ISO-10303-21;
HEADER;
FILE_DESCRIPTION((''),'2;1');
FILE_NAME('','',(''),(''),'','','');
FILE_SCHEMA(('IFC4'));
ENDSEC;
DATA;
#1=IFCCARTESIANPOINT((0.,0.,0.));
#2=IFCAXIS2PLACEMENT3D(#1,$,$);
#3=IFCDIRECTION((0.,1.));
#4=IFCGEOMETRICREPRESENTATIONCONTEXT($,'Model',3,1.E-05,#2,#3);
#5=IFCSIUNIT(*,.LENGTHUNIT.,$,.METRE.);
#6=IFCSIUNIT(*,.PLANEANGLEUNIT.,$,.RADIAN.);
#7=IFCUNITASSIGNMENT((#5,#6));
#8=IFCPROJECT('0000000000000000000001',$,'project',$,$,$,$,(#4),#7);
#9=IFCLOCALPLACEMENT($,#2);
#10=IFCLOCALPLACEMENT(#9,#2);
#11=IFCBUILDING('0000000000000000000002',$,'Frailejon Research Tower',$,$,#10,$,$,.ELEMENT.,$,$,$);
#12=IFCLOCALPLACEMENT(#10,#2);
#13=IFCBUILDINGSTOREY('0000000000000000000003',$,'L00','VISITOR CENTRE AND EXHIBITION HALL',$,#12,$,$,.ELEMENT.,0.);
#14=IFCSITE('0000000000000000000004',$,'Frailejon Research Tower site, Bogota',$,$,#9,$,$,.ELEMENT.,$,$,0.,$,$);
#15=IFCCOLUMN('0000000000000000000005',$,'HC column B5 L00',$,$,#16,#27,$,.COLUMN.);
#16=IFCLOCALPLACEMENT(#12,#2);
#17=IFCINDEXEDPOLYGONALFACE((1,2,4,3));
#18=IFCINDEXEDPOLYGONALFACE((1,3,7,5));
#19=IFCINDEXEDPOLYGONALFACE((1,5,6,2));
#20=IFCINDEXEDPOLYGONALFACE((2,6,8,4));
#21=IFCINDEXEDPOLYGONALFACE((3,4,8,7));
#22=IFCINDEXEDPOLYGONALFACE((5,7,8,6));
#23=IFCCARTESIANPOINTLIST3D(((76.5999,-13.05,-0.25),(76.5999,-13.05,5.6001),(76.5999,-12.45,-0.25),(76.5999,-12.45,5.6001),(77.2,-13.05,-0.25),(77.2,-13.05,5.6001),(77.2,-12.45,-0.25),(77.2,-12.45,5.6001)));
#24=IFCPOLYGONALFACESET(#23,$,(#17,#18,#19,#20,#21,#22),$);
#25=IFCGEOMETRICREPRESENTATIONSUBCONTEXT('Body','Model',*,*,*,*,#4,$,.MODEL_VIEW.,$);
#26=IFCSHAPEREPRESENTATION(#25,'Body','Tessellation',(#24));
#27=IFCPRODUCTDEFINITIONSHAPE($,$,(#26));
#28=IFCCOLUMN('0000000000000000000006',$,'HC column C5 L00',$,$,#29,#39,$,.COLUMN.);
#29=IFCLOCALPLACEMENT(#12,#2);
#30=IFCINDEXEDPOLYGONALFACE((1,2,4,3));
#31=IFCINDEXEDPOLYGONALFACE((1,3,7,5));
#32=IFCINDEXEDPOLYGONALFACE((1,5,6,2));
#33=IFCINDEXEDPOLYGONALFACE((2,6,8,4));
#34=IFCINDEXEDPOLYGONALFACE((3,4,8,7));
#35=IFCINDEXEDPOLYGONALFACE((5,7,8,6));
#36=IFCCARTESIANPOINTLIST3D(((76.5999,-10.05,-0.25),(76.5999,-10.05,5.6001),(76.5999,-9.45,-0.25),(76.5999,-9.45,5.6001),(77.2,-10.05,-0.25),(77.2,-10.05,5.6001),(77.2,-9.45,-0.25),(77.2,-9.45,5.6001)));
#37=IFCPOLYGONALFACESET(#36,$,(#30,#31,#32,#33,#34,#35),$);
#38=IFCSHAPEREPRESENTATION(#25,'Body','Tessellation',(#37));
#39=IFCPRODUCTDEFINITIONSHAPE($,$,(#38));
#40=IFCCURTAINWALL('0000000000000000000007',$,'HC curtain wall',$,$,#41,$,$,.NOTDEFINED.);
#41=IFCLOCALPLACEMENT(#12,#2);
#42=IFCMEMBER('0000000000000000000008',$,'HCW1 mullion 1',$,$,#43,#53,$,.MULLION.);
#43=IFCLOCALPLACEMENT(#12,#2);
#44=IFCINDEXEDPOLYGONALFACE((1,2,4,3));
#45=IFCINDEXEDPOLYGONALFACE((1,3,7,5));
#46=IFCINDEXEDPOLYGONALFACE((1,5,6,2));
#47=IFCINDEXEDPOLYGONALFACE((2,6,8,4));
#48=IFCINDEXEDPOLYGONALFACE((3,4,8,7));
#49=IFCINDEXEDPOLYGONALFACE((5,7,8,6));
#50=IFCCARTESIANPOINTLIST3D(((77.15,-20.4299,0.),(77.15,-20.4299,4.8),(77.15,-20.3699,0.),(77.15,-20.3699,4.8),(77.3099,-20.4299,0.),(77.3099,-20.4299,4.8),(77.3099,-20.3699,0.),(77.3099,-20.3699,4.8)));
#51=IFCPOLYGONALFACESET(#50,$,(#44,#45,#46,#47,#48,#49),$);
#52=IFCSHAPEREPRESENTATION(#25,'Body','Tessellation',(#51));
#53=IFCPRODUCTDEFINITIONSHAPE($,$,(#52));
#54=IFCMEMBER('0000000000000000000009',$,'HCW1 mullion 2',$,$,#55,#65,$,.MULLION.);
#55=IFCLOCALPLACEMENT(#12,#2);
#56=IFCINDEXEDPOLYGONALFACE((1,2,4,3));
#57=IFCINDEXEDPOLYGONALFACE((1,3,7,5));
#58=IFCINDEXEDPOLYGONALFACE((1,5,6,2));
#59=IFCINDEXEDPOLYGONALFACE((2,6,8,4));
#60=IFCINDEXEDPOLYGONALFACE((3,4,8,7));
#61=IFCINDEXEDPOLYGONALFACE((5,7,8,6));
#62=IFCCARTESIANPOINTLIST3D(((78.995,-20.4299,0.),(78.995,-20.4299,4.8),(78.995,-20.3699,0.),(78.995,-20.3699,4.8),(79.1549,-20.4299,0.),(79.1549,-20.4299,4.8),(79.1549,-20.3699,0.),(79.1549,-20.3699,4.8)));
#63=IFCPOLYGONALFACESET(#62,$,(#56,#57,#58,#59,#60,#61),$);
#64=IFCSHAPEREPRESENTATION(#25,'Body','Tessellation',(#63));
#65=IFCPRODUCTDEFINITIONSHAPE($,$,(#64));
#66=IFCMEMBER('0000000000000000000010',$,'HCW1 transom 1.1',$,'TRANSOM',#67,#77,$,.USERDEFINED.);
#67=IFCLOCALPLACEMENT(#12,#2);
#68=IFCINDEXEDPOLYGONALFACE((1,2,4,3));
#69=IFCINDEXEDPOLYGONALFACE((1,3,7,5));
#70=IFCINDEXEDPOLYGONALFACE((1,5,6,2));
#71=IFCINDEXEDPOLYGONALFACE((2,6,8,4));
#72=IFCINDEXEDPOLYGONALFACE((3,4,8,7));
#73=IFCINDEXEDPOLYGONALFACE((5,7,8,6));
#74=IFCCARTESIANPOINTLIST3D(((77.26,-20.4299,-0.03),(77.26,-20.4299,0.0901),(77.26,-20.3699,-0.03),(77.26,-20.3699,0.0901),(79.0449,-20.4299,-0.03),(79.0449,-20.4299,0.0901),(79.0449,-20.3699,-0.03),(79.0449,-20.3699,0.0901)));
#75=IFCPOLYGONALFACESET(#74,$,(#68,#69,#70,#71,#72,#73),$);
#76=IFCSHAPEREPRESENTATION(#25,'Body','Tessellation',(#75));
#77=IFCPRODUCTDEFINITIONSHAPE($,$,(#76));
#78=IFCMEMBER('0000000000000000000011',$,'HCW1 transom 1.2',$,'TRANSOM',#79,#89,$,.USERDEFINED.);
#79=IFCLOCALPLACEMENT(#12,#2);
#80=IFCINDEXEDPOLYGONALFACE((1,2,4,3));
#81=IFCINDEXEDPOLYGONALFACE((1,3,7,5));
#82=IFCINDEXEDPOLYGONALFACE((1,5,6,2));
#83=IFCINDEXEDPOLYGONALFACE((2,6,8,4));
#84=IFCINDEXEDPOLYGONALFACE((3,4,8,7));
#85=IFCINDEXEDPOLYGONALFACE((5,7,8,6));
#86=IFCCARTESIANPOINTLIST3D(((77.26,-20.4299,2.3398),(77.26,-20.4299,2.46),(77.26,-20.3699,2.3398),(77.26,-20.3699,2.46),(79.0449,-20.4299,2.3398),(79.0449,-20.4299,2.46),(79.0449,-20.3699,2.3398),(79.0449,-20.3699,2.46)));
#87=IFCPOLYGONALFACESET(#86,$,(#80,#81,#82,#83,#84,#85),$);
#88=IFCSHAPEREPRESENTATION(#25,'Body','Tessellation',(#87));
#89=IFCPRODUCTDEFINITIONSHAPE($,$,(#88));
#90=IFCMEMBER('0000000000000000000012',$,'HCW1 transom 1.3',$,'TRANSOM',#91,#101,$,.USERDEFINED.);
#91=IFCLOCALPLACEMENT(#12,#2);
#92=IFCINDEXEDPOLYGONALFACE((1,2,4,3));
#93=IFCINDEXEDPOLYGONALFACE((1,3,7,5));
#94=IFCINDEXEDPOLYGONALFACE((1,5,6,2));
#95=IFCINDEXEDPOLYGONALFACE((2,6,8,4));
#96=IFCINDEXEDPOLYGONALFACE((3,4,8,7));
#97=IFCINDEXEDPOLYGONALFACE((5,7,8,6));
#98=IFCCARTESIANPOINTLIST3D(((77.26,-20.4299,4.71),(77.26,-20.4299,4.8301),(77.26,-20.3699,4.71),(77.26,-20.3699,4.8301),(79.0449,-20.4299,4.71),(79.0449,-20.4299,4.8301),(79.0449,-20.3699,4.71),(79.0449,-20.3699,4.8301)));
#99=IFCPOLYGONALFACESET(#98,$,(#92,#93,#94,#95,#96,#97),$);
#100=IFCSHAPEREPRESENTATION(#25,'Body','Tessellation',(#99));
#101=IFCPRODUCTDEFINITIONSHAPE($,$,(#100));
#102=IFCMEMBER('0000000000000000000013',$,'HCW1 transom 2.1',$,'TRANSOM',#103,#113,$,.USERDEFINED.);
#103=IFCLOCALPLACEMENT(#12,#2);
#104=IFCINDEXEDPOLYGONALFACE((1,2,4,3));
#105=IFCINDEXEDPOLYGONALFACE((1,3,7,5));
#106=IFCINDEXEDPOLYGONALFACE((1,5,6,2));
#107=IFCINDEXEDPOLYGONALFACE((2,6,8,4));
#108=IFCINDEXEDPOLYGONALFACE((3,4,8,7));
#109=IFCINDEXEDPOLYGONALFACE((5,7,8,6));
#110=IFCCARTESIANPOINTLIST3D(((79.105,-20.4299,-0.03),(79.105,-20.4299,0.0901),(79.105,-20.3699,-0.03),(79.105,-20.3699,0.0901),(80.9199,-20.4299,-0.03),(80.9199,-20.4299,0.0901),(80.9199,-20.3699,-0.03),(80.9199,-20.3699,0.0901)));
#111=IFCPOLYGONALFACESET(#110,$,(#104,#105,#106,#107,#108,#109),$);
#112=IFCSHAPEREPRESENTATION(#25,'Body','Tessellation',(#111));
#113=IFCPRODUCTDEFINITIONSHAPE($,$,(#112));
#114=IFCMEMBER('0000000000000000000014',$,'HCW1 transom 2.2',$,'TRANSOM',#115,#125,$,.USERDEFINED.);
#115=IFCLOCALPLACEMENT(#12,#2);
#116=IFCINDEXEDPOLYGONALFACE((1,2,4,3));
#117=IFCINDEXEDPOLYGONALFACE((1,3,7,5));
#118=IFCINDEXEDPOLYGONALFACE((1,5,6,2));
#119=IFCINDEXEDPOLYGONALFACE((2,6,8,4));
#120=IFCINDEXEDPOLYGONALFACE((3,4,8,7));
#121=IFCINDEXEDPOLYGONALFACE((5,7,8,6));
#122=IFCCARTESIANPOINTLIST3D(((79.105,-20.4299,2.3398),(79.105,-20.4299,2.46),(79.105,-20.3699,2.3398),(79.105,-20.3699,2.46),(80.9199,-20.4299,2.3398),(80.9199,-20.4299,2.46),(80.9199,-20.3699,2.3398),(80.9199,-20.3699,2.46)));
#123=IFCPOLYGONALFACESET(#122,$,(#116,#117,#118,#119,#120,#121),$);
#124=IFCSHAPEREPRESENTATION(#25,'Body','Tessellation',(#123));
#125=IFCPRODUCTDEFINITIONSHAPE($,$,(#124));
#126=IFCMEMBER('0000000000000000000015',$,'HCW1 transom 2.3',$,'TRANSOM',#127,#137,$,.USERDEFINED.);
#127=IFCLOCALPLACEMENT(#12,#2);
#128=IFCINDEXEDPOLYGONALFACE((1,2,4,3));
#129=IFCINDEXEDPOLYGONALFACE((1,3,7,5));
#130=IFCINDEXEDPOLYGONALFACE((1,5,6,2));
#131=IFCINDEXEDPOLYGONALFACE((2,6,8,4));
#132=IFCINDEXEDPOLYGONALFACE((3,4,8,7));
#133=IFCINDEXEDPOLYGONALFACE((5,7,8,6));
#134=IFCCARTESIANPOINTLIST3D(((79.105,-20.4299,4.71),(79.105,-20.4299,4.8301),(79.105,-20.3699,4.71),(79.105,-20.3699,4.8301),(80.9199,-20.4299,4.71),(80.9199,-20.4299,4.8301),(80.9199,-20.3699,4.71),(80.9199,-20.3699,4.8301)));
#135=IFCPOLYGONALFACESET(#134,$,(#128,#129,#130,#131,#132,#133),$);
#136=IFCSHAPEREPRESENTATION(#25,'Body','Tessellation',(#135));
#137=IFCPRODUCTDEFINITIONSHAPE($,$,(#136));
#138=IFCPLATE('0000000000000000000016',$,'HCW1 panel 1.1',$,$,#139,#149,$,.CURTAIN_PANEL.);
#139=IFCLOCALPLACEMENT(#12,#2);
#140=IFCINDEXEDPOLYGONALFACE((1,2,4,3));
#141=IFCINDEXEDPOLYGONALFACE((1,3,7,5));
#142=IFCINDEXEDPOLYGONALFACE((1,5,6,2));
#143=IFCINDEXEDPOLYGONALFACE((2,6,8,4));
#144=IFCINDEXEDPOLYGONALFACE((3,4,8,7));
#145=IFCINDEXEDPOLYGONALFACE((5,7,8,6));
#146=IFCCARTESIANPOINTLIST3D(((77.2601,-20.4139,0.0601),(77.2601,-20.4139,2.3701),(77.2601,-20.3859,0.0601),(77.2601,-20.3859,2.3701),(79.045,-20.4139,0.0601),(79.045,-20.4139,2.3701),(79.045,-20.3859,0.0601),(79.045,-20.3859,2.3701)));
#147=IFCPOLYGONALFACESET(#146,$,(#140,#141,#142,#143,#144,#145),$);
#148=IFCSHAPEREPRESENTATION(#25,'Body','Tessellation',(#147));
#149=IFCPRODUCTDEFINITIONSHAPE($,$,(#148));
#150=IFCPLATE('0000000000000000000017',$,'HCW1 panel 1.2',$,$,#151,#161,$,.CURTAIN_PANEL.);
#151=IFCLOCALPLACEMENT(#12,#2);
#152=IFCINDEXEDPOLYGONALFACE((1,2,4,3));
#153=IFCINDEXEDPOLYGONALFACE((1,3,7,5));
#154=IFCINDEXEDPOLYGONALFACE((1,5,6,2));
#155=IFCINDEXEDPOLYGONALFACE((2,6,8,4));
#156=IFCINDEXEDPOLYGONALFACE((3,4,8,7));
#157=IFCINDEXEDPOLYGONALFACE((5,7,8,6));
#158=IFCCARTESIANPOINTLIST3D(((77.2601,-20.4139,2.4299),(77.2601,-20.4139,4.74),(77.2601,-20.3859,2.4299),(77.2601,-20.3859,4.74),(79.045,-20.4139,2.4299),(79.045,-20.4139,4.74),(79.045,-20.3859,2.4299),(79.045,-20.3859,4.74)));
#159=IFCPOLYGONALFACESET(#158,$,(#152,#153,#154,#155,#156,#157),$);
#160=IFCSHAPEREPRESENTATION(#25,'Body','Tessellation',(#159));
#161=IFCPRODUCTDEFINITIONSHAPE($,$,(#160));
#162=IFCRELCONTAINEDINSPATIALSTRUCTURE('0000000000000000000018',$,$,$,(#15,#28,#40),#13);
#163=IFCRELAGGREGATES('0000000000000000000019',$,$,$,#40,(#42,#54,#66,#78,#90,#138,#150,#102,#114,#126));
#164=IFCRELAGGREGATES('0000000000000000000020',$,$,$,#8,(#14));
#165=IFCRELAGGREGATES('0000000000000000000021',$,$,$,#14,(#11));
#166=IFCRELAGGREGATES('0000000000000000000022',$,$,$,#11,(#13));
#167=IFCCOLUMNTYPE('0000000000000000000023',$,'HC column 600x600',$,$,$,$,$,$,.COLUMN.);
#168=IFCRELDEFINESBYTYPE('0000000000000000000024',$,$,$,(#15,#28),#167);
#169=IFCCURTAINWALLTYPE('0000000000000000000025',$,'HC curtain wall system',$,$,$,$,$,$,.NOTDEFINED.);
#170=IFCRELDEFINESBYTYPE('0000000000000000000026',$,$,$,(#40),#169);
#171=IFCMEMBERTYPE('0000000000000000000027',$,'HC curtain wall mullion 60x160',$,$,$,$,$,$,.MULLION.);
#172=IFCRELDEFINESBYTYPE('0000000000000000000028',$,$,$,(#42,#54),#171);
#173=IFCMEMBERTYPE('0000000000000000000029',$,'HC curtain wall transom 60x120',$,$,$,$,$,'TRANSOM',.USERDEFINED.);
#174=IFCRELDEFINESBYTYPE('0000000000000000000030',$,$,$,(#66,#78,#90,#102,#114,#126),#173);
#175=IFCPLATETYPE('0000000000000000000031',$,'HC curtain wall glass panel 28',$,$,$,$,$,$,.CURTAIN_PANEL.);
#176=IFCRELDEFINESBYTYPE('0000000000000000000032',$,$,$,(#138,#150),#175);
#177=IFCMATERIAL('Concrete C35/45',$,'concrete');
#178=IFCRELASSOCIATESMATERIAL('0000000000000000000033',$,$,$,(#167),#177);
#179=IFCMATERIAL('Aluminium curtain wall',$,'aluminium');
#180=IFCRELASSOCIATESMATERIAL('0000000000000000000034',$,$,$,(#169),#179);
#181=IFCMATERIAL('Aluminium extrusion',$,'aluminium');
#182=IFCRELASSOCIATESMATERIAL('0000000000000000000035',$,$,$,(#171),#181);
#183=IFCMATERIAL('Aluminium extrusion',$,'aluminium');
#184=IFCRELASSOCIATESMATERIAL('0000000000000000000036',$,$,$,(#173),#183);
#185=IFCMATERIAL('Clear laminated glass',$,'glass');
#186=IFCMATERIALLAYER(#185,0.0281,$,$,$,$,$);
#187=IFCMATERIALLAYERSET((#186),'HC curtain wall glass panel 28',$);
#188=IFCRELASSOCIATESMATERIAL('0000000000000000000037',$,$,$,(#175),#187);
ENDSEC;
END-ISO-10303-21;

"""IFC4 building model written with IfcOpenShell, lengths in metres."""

from ifc_helpers import new_model, si_unit, direction, frame, origin, origin_2d, place, context, subcontext, project, spatial, rectangle, extrude, material, layer, layer_set, material_profile, profile_set, type_object, element, aggregate, save


model = new_model("IFC4")

# Units and contexts
model_context = context("Model", 3, precision=1e-05, world=origin(), true_north=direction((0.0, 1.0)))
body_context = subcontext(model_context, "Body", "Model", "MODEL_VIEW")
ifc_project = project(units=[si_unit("LENGTHUNIT", "METRE"), si_unit("PLANEANGLEUNIT", "RADIAN")], contexts=[model_context])

# Site, building, storey
site_placement = place(None, origin())
site = spatial("IfcSite", under=ifc_project, at=site_placement, Name="Frailejon Research Tower site, Bogota", CompositionType="ELEMENT", RefElevation=0.0)
building_placement = place(site_placement, origin())
building = spatial("IfcBuilding", under=site, at=building_placement, Name="Frailejon Research Tower", CompositionType="ELEMENT")
storey_placement = place(building_placement, origin())
storey = spatial("IfcBuildingStorey", under=building, at=storey_placement, Name="L00", Description="VISITOR CENTRE AND EXHIBITION HALL", CompositionType="ELEMENT", Elevation=0.0)

# Columns
ifc_material_1 = material(Name="Concrete C35/45", Category="concrete")
ifc_material_profile_1 = material_profile(ifc_material_1, rectangle(XDim=0.6001, YDim=0.6001, at=origin_2d()), Name="HC column 600x600")
ifc_profile_set_1 = profile_set([ifc_material_profile_1], Name="Concrete C35/45")
column_type = type_object("IfcColumnType", Name="HC column 600x600", PredefinedType="COLUMN", material=ifc_profile_set_1)
for number, where, z_axis, x_axis, name in (
    (1, (76.8999, -12.75, -0.25), (0.0, 0.0, 1.0), (1.0, 0.0, 0.0), "HC column B5 L00"),
    (2, (76.8999, -9.75, -0.25), (0.0, 0.0, 1.0), (1.0, 0.0, 0.0), "HC column C5 L00"),
):
    element("IfcColumn", number, at=place(storey_placement, frame(where, z_axis=z_axis, x_axis=x_axis)), inside=storey, type_object=column_type, Name=name, PredefinedType="COLUMN", context=body_context, shape_type="SweptSolid", body=[
        extrude(rectangle(XDim=0.6001, YDim=0.6001, at=origin_2d()), origin(), (0.0, 0.0, 1.0), 5.8501),
    ])

# Curtain wall, members, plates
ifc_material_2 = material(Name="Aluminium curtain wall", Category="aluminium")
curtain_wall_type = type_object("IfcCurtainWallType", Name="HC curtain wall system", PredefinedType="NOTDEFINED", material=ifc_material_2)
curtain_wall_placement = place(storey_placement, origin())
curtain_wall = element("IfcCurtainWall", 3, at=curtain_wall_placement, inside=storey, type_object=curtain_wall_type, Name="HC curtain wall", PredefinedType="NOTDEFINED")
ifc_material_3 = material(Name="Aluminium extrusion", Category="aluminium")
ifc_material_profile_2 = material_profile(ifc_material_3, rectangle(XDim=0.0601, YDim=0.1599, at=origin_2d()), Name="HC curtain wall mullion 60x160")
ifc_profile_set_2 = profile_set([ifc_material_profile_2], Name="Aluminium extrusion")
member_type_1 = type_object("IfcMemberType", Name="HC curtain wall mullion 60x160", PredefinedType="MULLION", material=ifc_profile_set_2)
member_1_placement = place(storey_placement, frame((77.23, -20.3999, 0.0), z_axis=(0.0, 0.0, 1.0), x_axis=(0.0, 1.0, 0.0)))
member_1 = element("IfcMember", 4, at=member_1_placement, type_object=member_type_1, Name="HCW1 mullion 1", PredefinedType="MULLION", context=body_context, shape_type="SweptSolid", body=[
    extrude(rectangle(XDim=0.0601, YDim=0.1599, at=origin_2d()), origin(), (0.0, 0.0, 1.0), 4.8),
])
member_2_placement = place(storey_placement, frame((79.075, -20.3999, 0.0), z_axis=(0.0, 0.0, 1.0), x_axis=(0.0, 1.0, 0.0)))
member_2 = element("IfcMember", 5, at=member_2_placement, type_object=member_type_1, Name="HCW1 mullion 2", PredefinedType="MULLION", context=body_context, shape_type="SweptSolid", body=[
    extrude(rectangle(XDim=0.0601, YDim=0.1599, at=origin_2d()), origin(), (0.0, 0.0, 1.0), 4.8),
])
ifc_material_4 = material(Name="Aluminium extrusion", Category="aluminium")
ifc_material_profile_3 = material_profile(ifc_material_4, rectangle(XDim=0.0601, YDim=0.1201, at=origin_2d()), Name="HC curtain wall transom 60x120")
ifc_profile_set_3 = profile_set([ifc_material_profile_3], Name="Aluminium extrusion")
member_type_2 = type_object("IfcMemberType", Name="HC curtain wall transom 60x120", ElementType="TRANSOM", PredefinedType="USERDEFINED", material=ifc_profile_set_3)
member_3_placement = place(storey_placement, frame((77.26, -20.3999, 0.03), z_axis=(1.0, 0.0, 0.0), x_axis=(0.0, 1.0, 0.0)))
member_3 = element("IfcMember", 6, at=member_3_placement, type_object=member_type_2, Name="HCW1 transom 1.1", ObjectType="TRANSOM", PredefinedType="USERDEFINED", context=body_context, shape_type="SweptSolid", body=[
    extrude(rectangle(XDim=0.0601, YDim=0.1201, at=origin_2d()), origin(), (0.0, 0.0, 1.0), 1.7849),
])
member_4_placement = place(storey_placement, frame((77.26, -20.3999, 2.3999), z_axis=(1.0, 0.0, 0.0), x_axis=(0.0, 1.0, 0.0)))
member_4 = element("IfcMember", 7, at=member_4_placement, type_object=member_type_2, Name="HCW1 transom 1.2", ObjectType="TRANSOM", PredefinedType="USERDEFINED", context=body_context, shape_type="SweptSolid", body=[
    extrude(rectangle(XDim=0.0601, YDim=0.1201, at=origin_2d()), origin(), (0.0, 0.0, 1.0), 1.7849),
])
member_5_placement = place(storey_placement, frame((77.26, -20.3999, 4.77), z_axis=(1.0, 0.0, 0.0), x_axis=(0.0, 1.0, 0.0)))
member_5 = element("IfcMember", 8, at=member_5_placement, type_object=member_type_2, Name="HCW1 transom 1.3", ObjectType="TRANSOM", PredefinedType="USERDEFINED", context=body_context, shape_type="SweptSolid", body=[
    extrude(rectangle(XDim=0.0601, YDim=0.1201, at=origin_2d()), origin(), (0.0, 0.0, 1.0), 1.7849),
])
member_6_placement = place(storey_placement, frame((79.105, -20.3999, 0.03), z_axis=(1.0, 0.0, 0.0), x_axis=(0.0, 1.0, 0.0)))
member_6 = element("IfcMember", 9, at=member_6_placement, type_object=member_type_2, Name="HCW1 transom 2.1", ObjectType="TRANSOM", PredefinedType="USERDEFINED", context=body_context, shape_type="SweptSolid", body=[
    extrude(rectangle(XDim=0.0601, YDim=0.1201, at=origin_2d()), origin(), (0.0, 0.0, 1.0), 1.8149),
])
member_7_placement = place(storey_placement, frame((79.105, -20.3999, 2.3999), z_axis=(1.0, 0.0, 0.0), x_axis=(0.0, 1.0, 0.0)))
member_7 = element("IfcMember", 10, at=member_7_placement, type_object=member_type_2, Name="HCW1 transom 2.2", ObjectType="TRANSOM", PredefinedType="USERDEFINED", context=body_context, shape_type="SweptSolid", body=[
    extrude(rectangle(XDim=0.0601, YDim=0.1201, at=origin_2d()), origin(), (0.0, 0.0, 1.0), 1.8149),
])
member_8_placement = place(storey_placement, frame((79.105, -20.3999, 4.77), z_axis=(1.0, 0.0, 0.0), x_axis=(0.0, 1.0, 0.0)))
member_8 = element("IfcMember", 11, at=member_8_placement, type_object=member_type_2, Name="HCW1 transom 2.3", ObjectType="TRANSOM", PredefinedType="USERDEFINED", context=body_context, shape_type="SweptSolid", body=[
    extrude(rectangle(XDim=0.0601, YDim=0.1201, at=origin_2d()), origin(), (0.0, 0.0, 1.0), 1.8149),
])
ifc_material_5 = material(Name="Clear laminated glass", Category="glass")
ifc_layer_1 = layer(ifc_material_5, 0.0281)
ifc_layer_set_1 = layer_set([ifc_layer_1], Name="HC curtain wall glass panel 28")
plate_type = type_object("IfcPlateType", Name="HC curtain wall glass panel 28", PredefinedType="CURTAIN_PANEL", material=ifc_layer_set_1)
plate_1_placement = place(storey_placement, frame((78.1526, -20.3999, 0.0601), z_axis=(0.0, 0.0, 1.0), x_axis=(1.0, 0.0, 0.0)))
plate_1 = element("IfcPlate", 12, at=plate_1_placement, type_object=plate_type, Name="HCW1 panel 1.1", PredefinedType="CURTAIN_PANEL", context=body_context, shape_type="SweptSolid", body=[
    extrude(rectangle(XDim=1.7849, YDim=0.0281, at=origin_2d()), origin(), (0.0, 0.0, 1.0), 2.3101),
])
plate_2_placement = place(storey_placement, frame((78.1526, -20.3999, 2.4299), z_axis=(0.0, 0.0, 1.0), x_axis=(1.0, 0.0, 0.0)))
plate_2 = element("IfcPlate", 13, at=plate_2_placement, type_object=plate_type, Name="HCW1 panel 1.2", PredefinedType="CURTAIN_PANEL", context=body_context, shape_type="SweptSolid", body=[
    extrude(rectangle(XDim=1.7849, YDim=0.0281, at=origin_2d()), origin(), (0.0, 0.0, 1.0), 2.3101),
])
aggregate(curtain_wall, [member_1, member_2, member_3, member_4, member_5, plate_1, plate_2, member_6, member_7, member_8])

save(model, "model.ifc")
